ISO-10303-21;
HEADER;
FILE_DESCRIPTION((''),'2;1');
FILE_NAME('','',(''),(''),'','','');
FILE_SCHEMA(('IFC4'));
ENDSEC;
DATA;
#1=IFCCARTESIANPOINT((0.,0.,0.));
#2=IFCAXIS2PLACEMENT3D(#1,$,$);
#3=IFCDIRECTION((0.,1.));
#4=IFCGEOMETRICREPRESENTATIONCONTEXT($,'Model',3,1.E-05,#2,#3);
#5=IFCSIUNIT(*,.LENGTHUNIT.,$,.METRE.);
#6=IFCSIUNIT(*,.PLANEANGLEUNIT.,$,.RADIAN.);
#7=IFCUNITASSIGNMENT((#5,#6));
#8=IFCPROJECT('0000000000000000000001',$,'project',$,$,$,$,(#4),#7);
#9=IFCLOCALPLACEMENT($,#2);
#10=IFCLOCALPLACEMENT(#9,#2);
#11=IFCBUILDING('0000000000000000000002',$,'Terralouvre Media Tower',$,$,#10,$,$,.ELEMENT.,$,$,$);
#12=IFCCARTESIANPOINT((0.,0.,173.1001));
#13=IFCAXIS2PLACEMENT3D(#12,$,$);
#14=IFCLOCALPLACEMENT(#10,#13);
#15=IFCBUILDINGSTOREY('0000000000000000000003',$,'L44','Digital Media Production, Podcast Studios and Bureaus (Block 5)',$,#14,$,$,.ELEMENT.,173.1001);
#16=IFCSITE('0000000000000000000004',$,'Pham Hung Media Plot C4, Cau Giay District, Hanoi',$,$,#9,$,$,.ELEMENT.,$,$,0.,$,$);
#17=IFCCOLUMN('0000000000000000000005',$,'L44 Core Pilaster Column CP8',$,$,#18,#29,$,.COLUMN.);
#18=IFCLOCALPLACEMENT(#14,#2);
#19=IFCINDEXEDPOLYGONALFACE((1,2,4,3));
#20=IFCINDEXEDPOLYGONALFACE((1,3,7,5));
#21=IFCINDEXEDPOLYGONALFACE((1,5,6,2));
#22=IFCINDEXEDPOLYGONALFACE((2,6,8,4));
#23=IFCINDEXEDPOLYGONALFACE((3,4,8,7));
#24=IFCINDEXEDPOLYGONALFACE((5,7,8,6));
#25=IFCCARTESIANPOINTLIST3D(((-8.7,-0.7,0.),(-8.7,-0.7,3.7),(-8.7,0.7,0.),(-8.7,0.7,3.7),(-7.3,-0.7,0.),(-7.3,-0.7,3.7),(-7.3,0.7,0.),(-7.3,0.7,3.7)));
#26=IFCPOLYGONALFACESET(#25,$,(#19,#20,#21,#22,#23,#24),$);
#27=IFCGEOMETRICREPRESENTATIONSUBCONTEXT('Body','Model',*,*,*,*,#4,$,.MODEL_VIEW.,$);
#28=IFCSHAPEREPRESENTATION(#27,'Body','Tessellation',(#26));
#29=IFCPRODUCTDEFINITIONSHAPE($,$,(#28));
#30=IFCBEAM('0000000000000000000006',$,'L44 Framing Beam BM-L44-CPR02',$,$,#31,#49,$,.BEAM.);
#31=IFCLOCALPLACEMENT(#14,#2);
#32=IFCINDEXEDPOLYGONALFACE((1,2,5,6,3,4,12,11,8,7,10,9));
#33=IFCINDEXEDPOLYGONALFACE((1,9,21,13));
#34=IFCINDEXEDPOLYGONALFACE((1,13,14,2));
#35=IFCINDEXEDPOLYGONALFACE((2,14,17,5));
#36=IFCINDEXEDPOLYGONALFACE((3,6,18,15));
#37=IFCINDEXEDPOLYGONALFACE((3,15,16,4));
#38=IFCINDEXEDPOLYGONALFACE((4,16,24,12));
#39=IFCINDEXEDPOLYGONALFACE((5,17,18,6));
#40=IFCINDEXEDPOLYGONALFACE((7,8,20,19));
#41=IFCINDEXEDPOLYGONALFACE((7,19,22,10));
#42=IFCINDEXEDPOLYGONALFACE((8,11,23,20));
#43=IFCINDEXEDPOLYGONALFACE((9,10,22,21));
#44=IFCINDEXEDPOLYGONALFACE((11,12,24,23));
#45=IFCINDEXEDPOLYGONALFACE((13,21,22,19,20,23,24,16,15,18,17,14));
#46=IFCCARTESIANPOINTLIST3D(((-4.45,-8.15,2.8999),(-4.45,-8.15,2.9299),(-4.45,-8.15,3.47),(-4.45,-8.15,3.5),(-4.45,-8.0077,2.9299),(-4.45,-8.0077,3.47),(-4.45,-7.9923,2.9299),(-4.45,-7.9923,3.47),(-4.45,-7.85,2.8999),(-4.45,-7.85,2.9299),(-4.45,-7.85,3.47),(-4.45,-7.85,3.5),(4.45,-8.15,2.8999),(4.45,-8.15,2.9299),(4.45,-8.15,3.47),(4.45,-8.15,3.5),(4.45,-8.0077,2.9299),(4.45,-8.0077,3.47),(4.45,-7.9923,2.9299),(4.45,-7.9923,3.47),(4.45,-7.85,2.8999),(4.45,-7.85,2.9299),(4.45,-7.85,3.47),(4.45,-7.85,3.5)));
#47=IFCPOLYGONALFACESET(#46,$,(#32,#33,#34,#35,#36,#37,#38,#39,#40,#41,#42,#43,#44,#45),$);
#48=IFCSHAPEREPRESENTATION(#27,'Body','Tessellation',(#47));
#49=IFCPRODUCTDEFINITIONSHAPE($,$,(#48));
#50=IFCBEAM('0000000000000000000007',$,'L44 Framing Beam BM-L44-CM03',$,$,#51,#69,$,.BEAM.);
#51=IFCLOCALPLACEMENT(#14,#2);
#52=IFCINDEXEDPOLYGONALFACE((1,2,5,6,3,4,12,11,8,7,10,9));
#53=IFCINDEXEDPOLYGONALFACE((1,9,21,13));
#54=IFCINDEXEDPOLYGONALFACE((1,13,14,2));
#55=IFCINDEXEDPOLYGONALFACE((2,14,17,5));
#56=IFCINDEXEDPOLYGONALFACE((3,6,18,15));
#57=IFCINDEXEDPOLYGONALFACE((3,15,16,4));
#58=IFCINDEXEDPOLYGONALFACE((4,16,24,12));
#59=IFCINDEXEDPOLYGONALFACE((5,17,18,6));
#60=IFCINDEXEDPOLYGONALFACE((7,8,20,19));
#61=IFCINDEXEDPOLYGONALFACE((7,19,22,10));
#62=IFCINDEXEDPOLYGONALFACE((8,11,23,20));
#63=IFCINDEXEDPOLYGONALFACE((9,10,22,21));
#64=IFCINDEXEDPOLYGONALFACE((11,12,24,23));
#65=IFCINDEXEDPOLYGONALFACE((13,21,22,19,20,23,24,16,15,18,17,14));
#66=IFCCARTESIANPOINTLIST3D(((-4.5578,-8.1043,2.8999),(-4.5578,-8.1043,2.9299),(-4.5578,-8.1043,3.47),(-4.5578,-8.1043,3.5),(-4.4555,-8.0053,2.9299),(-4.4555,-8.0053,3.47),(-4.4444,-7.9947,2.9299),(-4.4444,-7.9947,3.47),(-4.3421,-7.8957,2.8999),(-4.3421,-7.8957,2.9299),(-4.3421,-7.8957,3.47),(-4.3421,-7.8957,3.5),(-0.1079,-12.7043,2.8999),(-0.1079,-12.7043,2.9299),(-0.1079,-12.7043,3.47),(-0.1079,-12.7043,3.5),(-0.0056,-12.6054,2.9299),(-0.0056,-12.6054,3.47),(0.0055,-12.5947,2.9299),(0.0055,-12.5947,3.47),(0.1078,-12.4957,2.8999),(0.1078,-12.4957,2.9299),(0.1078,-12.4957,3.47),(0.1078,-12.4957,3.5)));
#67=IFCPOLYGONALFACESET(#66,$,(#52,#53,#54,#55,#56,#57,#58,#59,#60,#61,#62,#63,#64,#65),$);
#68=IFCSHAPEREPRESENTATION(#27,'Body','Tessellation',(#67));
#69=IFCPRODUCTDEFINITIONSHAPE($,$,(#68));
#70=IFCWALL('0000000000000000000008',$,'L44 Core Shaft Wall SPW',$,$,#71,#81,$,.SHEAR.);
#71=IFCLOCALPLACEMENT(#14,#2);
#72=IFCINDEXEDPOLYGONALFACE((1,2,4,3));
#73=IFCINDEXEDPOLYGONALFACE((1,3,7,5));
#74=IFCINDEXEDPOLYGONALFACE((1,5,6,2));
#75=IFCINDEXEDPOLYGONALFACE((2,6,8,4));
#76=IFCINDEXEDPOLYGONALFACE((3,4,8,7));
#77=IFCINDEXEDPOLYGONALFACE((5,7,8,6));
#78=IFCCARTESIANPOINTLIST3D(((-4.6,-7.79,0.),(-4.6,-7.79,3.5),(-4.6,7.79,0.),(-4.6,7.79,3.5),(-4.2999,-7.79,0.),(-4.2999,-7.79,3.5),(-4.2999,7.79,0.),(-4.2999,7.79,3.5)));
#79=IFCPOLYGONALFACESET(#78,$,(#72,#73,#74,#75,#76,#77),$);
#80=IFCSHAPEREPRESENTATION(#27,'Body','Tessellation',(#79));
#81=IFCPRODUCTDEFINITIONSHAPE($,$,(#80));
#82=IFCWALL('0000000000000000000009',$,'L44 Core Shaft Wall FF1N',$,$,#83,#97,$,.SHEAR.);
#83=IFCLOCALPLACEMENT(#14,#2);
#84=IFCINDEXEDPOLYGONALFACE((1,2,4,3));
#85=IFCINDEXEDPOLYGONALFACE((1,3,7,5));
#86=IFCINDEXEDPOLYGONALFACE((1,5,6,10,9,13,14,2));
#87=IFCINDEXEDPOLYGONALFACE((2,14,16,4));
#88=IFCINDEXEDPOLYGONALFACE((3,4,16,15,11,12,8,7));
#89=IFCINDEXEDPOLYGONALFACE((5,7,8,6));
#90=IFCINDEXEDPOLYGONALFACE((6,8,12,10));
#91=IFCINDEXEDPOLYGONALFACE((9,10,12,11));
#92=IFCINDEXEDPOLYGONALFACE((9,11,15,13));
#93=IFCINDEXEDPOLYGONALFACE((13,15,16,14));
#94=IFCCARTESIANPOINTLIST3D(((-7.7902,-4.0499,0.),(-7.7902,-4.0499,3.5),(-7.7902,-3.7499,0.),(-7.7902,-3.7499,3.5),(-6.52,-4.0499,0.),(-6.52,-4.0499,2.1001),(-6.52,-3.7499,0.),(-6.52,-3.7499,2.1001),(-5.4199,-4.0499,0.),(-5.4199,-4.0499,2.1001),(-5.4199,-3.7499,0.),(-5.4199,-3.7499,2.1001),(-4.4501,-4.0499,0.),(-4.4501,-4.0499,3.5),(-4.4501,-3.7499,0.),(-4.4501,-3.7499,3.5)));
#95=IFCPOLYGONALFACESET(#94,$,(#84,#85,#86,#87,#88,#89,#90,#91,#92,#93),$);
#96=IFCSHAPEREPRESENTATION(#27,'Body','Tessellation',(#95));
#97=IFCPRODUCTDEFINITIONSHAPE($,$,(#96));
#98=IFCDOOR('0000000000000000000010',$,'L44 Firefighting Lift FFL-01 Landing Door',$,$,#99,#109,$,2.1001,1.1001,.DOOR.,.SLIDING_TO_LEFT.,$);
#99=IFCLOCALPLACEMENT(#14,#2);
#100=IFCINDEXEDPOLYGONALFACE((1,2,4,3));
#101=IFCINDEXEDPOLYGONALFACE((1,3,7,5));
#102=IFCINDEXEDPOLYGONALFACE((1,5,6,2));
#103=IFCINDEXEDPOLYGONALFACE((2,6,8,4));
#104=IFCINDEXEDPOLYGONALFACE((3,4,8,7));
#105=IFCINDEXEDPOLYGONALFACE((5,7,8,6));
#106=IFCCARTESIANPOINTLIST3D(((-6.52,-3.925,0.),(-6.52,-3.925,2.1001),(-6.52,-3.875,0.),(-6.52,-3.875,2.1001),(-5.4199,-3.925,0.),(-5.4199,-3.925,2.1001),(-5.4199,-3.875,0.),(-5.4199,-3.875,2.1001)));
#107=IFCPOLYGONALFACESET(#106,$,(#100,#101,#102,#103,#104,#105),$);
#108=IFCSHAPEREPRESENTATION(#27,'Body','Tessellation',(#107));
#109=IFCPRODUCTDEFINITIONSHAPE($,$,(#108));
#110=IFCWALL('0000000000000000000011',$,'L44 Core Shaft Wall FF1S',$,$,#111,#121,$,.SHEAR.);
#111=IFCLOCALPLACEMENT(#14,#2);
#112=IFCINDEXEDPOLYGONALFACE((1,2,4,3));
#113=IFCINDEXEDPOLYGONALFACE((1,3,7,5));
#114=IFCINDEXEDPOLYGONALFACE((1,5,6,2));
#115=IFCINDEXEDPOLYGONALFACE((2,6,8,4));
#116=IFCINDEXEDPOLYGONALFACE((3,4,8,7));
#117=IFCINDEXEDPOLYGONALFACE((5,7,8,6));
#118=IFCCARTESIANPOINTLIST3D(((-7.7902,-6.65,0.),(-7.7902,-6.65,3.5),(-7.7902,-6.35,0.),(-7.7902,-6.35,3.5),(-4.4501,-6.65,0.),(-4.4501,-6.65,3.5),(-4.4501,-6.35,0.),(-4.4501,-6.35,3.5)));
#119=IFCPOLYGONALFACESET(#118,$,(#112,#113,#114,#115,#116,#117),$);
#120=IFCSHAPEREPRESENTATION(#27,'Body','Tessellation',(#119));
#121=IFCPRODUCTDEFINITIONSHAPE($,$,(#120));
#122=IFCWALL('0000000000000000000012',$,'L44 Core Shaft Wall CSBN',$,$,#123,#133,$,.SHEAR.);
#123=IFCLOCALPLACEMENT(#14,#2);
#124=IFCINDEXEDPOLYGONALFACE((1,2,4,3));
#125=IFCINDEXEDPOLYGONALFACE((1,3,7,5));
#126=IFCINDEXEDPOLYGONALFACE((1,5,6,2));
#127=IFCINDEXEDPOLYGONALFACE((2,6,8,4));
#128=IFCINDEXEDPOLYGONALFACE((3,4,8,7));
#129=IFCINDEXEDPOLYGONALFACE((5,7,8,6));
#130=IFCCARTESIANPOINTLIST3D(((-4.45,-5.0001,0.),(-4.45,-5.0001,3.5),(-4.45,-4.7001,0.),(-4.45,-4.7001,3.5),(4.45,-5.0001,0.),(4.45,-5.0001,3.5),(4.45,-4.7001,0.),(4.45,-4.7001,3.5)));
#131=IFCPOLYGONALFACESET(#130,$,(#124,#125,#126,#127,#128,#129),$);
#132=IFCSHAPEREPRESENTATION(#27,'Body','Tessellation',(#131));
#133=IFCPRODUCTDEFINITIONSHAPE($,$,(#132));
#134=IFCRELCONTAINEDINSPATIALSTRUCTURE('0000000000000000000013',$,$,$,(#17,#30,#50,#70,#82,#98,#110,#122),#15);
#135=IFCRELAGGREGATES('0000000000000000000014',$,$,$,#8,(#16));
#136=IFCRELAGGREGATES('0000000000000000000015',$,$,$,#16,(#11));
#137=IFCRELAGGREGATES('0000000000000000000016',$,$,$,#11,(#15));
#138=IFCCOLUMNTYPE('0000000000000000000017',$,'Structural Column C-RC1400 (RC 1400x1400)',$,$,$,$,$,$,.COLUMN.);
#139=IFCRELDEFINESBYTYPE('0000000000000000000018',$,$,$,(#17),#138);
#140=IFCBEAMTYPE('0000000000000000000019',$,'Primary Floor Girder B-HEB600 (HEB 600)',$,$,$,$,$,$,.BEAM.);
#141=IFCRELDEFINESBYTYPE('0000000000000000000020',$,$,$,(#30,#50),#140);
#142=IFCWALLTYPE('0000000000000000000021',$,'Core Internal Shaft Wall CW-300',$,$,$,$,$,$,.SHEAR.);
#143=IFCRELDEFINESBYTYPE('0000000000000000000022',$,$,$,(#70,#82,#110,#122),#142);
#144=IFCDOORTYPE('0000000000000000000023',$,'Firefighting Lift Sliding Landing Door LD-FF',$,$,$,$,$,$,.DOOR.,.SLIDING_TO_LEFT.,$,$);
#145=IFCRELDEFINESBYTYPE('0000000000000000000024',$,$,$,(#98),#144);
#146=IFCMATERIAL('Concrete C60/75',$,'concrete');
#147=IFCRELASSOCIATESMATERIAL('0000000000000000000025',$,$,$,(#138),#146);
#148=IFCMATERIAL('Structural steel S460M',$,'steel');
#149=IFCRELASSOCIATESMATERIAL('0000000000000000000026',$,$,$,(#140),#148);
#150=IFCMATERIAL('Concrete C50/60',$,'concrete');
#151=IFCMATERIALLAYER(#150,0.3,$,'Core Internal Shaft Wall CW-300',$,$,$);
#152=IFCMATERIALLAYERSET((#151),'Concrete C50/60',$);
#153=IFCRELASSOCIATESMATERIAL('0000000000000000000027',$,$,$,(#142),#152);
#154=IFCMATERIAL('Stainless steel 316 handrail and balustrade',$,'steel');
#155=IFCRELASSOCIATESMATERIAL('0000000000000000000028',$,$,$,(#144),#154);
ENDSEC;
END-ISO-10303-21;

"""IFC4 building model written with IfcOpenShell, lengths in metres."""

from ifc_helpers import new_model, si_unit, direction, frame, frame_2d, origin, origin_2d, place, context, subcontext, project, spatial, rectangle, i_section, extrude, material, layer, layer_set, material_profile, profile_set, type_object, element, fill, save


model = new_model("IFC4")

# Units and contexts
model_context = context("Model", 3, precision=1e-05, world=origin(), true_north=direction((0.0, 1.0)))
body_context = subcontext(model_context, "Body", "Model", "MODEL_VIEW")
ifc_project = project(units=[si_unit("LENGTHUNIT", "METRE"), si_unit("PLANEANGLEUNIT", "RADIAN")], contexts=[model_context])

# Site, building, storey
site_placement = place(None, origin())
site = spatial("IfcSite", under=ifc_project, at=site_placement, Name="Pham Hung Media Plot C4, Cau Giay District, Hanoi", CompositionType="ELEMENT", RefElevation=0.0)
building_placement = place(site_placement, origin())
building = spatial("IfcBuilding", under=site, at=building_placement, Name="Terralouvre Media Tower", CompositionType="ELEMENT")
storey_placement = place(building_placement, frame((0.0, 0.0, 173.1001)))
storey = spatial("IfcBuildingStorey", under=building, at=storey_placement, Name="L44", Description="Digital Media Production, Podcast Studios and Bureaus (Block 5)", CompositionType="ELEMENT", Elevation=173.1001)

# Column
ifc_material_1 = material(Name="Concrete C60/75", Category="concrete")
ifc_material_profile_1 = material_profile(ifc_material_1, rectangle(XDim=1.3999, YDim=1.3999, at=origin_2d()), Name="RC 1400x1400")
ifc_profile_set_1 = profile_set([ifc_material_profile_1], Name="Concrete C60/75")
column_type = type_object("IfcColumnType", Name="Structural Column C-RC1400 (RC 1400x1400)", PredefinedType="COLUMN", material=ifc_profile_set_1)
column_placement = place(storey_placement, frame((-8.0, 0.0, 0.0), z_axis=(0.0, 0.0, 1.0), x_axis=(1.0, 0.0, 0.0)))
element("IfcColumn", 1, at=column_placement, inside=storey, type_object=column_type, Name="L44 Core Pilaster Column CP8", PredefinedType="COLUMN", context=body_context, shape_type="SweptSolid", body=[
    extrude(rectangle(XDim=1.3999, YDim=1.3999, at=origin_2d()), origin(), (0.0, 0.0, 1.0), 3.7),
])

# Beams
ifc_material_2 = material(Name="Structural steel S460M", Category="steel")
ifc_material_profile_2 = material_profile(ifc_material_2, i_section(OverallWidth=0.3, OverallDepth=0.6001, WebThickness=0.0154, FlangeThickness=0.03, at=origin_2d()), Name="HEB 600")
ifc_profile_set_2 = profile_set([ifc_material_profile_2], Name="Structural steel S460M")
beam_type = type_object("IfcBeamType", Name="Primary Floor Girder B-HEB600 (HEB 600)", PredefinedType="BEAM", material=ifc_profile_set_2)
beam_1_placement = place(storey_placement, frame((-4.45, -8.0, 3.2), z_axis=(1.0, 0.0, 0.0), x_axis=(0.0, 1.0, 0.0)))
element("IfcBeam", 2, at=beam_1_placement, inside=storey, type_object=beam_type, Name="L44 Framing Beam BM-L44-CPR02", PredefinedType="BEAM", context=body_context, shape_type="SweptSolid", body=[
    extrude(i_section(OverallWidth=0.3, OverallDepth=0.6001, WebThickness=0.0154, FlangeThickness=0.03, at=origin_2d()), origin(), (0.0, 0.0, 1.0), 8.8999),
])
beam_2_placement = place(storey_placement, frame((-4.45, -8.0, 3.2), z_axis=(0.69528, -0.718739, 0.0), x_axis=(0.718739, 0.69528, 0.0)))
element("IfcBeam", 3, at=beam_2_placement, inside=storey, type_object=beam_type, Name="L44 Framing Beam BM-L44-CM03", PredefinedType="BEAM", context=body_context, shape_type="SweptSolid", body=[
    extrude(i_section(OverallWidth=0.3, OverallDepth=0.6001, WebThickness=0.0154, FlangeThickness=0.03, at=origin_2d()), origin(), (0.0, 0.0, 1.0), 6.4001),
])

# Wall
ifc_material_3 = material(Name="Concrete C50/60", Category="concrete")
ifc_layer_1 = layer(ifc_material_3, 0.3, Name="Core Internal Shaft Wall CW-300")
ifc_layer_set_1 = layer_set([ifc_layer_1], Name="Concrete C50/60")
wall_type_1 = type_object("IfcWallType", Name="Core Internal Shaft Wall CW-300", PredefinedType="SHEAR", material=ifc_layer_set_1)
wall_1_placement = place(storey_placement, frame((-4.45, -7.79, 0.0), z_axis=(0.0, 0.0, 1.0), x_axis=(0.0, 1.0, 0.0)))
element("IfcWall", 4, at=wall_1_placement, inside=storey, type_object=wall_type_1, Name="L44 Core Shaft Wall SPW", PredefinedType="SHEAR", context=body_context, shape_type="SweptSolid", body=[
    extrude(rectangle(XDim=15.5801, YDim=0.3, at=frame_2d((7.79, 0.0))), origin(), (0.0, 0.0, 1.0), 3.5),
])

# Wall, opening, door
wall_2_placement = place(storey_placement, frame((-7.79, -3.8999, 0.0), z_axis=(0.0, 0.0, 1.0), x_axis=(1.0, 0.0, 0.0)))
wall_2 = element("IfcWall", 5, at=wall_2_placement, inside=storey, type_object=wall_type_1, Name="L44 Core Shaft Wall FF1N", PredefinedType="SHEAR", context=body_context, shape_type="SweptSolid", body=[
    extrude(rectangle(XDim=3.3401, YDim=0.3, at=frame_2d((1.6699, 0.0))), origin(), (0.0, 0.0, 1.0), 3.5),
])
opening_1_placement = place(wall_2_placement, frame((1.27, 0.0, 0.0)))
opening_1 = element("IfcOpeningElement", 6, at=opening_1_placement, cuts=wall_2, PredefinedType="OPENING", context=body_context, shape_type="SweptSolid", body=[
    extrude(rectangle(XDim=1.1001, YDim=2.1001, at=frame_2d((0.55, 1.05))), frame((0.0, 0.1599, 0.0), z_axis=(0.0, -1.0, 0.0), x_axis=(1.0, 0.0, 0.0)), (0.0, 0.0, 1.0), 0.3201),
])
ifc_material_4 = material(Name="Stainless steel 316 handrail and balustrade", Category="steel")
door_type_1 = type_object("IfcDoorType", Name="Firefighting Lift Sliding Landing Door LD-FF", OperationType="SLIDING_TO_LEFT", PredefinedType="DOOR", material=ifc_material_4)
door_1_placement = place(opening_1_placement, origin())
door_1 = element("IfcDoor", 7, at=door_1_placement, inside=storey, type_object=door_type_1, Name="L44 Firefighting Lift FFL-01 Landing Door", OperationType="SLIDING_TO_LEFT", OverallHeight=2.1001, OverallWidth=1.1001, PredefinedType="DOOR", context=body_context, shape_type="SweptSolid", body=[
    extrude(rectangle(XDim=1.1001, YDim=2.1001, at=frame_2d((0.55, 1.05))), frame((0.0, 0.0249, 0.0), z_axis=(0.0, -1.0, 0.0), x_axis=(1.0, 0.0, 0.0)), (0.0, 0.0, 1.0), 0.05),
])
fill(opening_1, door_1)

# Walls
wall_3_placement = place(storey_placement, frame((-7.79, -6.5, 0.0), z_axis=(0.0, 0.0, 1.0), x_axis=(1.0, 0.0, 0.0)))
element("IfcWall", 8, at=wall_3_placement, inside=storey, type_object=wall_type_1, Name="L44 Core Shaft Wall FF1S", PredefinedType="SHEAR", context=body_context, shape_type="SweptSolid", body=[
    extrude(rectangle(XDim=3.3401, YDim=0.3, at=frame_2d((1.6699, 0.0))), origin(), (0.0, 0.0, 1.0), 3.5),
])
wall_4_placement = place(storey_placement, frame((-4.45, -4.8501, 0.0), z_axis=(0.0, 0.0, 1.0), x_axis=(1.0, 0.0, 0.0)))
element("IfcWall", 9, at=wall_4_placement, inside=storey, type_object=wall_type_1, Name="L44 Core Shaft Wall CSBN", PredefinedType="SHEAR", context=body_context, shape_type="SweptSolid", body=[
    extrude(rectangle(XDim=8.8999, YDim=0.3, at=frame_2d((4.45, 0.0))), origin(), (0.0, 0.0, 1.0), 3.5),
])

save(model, "model.ifc")
